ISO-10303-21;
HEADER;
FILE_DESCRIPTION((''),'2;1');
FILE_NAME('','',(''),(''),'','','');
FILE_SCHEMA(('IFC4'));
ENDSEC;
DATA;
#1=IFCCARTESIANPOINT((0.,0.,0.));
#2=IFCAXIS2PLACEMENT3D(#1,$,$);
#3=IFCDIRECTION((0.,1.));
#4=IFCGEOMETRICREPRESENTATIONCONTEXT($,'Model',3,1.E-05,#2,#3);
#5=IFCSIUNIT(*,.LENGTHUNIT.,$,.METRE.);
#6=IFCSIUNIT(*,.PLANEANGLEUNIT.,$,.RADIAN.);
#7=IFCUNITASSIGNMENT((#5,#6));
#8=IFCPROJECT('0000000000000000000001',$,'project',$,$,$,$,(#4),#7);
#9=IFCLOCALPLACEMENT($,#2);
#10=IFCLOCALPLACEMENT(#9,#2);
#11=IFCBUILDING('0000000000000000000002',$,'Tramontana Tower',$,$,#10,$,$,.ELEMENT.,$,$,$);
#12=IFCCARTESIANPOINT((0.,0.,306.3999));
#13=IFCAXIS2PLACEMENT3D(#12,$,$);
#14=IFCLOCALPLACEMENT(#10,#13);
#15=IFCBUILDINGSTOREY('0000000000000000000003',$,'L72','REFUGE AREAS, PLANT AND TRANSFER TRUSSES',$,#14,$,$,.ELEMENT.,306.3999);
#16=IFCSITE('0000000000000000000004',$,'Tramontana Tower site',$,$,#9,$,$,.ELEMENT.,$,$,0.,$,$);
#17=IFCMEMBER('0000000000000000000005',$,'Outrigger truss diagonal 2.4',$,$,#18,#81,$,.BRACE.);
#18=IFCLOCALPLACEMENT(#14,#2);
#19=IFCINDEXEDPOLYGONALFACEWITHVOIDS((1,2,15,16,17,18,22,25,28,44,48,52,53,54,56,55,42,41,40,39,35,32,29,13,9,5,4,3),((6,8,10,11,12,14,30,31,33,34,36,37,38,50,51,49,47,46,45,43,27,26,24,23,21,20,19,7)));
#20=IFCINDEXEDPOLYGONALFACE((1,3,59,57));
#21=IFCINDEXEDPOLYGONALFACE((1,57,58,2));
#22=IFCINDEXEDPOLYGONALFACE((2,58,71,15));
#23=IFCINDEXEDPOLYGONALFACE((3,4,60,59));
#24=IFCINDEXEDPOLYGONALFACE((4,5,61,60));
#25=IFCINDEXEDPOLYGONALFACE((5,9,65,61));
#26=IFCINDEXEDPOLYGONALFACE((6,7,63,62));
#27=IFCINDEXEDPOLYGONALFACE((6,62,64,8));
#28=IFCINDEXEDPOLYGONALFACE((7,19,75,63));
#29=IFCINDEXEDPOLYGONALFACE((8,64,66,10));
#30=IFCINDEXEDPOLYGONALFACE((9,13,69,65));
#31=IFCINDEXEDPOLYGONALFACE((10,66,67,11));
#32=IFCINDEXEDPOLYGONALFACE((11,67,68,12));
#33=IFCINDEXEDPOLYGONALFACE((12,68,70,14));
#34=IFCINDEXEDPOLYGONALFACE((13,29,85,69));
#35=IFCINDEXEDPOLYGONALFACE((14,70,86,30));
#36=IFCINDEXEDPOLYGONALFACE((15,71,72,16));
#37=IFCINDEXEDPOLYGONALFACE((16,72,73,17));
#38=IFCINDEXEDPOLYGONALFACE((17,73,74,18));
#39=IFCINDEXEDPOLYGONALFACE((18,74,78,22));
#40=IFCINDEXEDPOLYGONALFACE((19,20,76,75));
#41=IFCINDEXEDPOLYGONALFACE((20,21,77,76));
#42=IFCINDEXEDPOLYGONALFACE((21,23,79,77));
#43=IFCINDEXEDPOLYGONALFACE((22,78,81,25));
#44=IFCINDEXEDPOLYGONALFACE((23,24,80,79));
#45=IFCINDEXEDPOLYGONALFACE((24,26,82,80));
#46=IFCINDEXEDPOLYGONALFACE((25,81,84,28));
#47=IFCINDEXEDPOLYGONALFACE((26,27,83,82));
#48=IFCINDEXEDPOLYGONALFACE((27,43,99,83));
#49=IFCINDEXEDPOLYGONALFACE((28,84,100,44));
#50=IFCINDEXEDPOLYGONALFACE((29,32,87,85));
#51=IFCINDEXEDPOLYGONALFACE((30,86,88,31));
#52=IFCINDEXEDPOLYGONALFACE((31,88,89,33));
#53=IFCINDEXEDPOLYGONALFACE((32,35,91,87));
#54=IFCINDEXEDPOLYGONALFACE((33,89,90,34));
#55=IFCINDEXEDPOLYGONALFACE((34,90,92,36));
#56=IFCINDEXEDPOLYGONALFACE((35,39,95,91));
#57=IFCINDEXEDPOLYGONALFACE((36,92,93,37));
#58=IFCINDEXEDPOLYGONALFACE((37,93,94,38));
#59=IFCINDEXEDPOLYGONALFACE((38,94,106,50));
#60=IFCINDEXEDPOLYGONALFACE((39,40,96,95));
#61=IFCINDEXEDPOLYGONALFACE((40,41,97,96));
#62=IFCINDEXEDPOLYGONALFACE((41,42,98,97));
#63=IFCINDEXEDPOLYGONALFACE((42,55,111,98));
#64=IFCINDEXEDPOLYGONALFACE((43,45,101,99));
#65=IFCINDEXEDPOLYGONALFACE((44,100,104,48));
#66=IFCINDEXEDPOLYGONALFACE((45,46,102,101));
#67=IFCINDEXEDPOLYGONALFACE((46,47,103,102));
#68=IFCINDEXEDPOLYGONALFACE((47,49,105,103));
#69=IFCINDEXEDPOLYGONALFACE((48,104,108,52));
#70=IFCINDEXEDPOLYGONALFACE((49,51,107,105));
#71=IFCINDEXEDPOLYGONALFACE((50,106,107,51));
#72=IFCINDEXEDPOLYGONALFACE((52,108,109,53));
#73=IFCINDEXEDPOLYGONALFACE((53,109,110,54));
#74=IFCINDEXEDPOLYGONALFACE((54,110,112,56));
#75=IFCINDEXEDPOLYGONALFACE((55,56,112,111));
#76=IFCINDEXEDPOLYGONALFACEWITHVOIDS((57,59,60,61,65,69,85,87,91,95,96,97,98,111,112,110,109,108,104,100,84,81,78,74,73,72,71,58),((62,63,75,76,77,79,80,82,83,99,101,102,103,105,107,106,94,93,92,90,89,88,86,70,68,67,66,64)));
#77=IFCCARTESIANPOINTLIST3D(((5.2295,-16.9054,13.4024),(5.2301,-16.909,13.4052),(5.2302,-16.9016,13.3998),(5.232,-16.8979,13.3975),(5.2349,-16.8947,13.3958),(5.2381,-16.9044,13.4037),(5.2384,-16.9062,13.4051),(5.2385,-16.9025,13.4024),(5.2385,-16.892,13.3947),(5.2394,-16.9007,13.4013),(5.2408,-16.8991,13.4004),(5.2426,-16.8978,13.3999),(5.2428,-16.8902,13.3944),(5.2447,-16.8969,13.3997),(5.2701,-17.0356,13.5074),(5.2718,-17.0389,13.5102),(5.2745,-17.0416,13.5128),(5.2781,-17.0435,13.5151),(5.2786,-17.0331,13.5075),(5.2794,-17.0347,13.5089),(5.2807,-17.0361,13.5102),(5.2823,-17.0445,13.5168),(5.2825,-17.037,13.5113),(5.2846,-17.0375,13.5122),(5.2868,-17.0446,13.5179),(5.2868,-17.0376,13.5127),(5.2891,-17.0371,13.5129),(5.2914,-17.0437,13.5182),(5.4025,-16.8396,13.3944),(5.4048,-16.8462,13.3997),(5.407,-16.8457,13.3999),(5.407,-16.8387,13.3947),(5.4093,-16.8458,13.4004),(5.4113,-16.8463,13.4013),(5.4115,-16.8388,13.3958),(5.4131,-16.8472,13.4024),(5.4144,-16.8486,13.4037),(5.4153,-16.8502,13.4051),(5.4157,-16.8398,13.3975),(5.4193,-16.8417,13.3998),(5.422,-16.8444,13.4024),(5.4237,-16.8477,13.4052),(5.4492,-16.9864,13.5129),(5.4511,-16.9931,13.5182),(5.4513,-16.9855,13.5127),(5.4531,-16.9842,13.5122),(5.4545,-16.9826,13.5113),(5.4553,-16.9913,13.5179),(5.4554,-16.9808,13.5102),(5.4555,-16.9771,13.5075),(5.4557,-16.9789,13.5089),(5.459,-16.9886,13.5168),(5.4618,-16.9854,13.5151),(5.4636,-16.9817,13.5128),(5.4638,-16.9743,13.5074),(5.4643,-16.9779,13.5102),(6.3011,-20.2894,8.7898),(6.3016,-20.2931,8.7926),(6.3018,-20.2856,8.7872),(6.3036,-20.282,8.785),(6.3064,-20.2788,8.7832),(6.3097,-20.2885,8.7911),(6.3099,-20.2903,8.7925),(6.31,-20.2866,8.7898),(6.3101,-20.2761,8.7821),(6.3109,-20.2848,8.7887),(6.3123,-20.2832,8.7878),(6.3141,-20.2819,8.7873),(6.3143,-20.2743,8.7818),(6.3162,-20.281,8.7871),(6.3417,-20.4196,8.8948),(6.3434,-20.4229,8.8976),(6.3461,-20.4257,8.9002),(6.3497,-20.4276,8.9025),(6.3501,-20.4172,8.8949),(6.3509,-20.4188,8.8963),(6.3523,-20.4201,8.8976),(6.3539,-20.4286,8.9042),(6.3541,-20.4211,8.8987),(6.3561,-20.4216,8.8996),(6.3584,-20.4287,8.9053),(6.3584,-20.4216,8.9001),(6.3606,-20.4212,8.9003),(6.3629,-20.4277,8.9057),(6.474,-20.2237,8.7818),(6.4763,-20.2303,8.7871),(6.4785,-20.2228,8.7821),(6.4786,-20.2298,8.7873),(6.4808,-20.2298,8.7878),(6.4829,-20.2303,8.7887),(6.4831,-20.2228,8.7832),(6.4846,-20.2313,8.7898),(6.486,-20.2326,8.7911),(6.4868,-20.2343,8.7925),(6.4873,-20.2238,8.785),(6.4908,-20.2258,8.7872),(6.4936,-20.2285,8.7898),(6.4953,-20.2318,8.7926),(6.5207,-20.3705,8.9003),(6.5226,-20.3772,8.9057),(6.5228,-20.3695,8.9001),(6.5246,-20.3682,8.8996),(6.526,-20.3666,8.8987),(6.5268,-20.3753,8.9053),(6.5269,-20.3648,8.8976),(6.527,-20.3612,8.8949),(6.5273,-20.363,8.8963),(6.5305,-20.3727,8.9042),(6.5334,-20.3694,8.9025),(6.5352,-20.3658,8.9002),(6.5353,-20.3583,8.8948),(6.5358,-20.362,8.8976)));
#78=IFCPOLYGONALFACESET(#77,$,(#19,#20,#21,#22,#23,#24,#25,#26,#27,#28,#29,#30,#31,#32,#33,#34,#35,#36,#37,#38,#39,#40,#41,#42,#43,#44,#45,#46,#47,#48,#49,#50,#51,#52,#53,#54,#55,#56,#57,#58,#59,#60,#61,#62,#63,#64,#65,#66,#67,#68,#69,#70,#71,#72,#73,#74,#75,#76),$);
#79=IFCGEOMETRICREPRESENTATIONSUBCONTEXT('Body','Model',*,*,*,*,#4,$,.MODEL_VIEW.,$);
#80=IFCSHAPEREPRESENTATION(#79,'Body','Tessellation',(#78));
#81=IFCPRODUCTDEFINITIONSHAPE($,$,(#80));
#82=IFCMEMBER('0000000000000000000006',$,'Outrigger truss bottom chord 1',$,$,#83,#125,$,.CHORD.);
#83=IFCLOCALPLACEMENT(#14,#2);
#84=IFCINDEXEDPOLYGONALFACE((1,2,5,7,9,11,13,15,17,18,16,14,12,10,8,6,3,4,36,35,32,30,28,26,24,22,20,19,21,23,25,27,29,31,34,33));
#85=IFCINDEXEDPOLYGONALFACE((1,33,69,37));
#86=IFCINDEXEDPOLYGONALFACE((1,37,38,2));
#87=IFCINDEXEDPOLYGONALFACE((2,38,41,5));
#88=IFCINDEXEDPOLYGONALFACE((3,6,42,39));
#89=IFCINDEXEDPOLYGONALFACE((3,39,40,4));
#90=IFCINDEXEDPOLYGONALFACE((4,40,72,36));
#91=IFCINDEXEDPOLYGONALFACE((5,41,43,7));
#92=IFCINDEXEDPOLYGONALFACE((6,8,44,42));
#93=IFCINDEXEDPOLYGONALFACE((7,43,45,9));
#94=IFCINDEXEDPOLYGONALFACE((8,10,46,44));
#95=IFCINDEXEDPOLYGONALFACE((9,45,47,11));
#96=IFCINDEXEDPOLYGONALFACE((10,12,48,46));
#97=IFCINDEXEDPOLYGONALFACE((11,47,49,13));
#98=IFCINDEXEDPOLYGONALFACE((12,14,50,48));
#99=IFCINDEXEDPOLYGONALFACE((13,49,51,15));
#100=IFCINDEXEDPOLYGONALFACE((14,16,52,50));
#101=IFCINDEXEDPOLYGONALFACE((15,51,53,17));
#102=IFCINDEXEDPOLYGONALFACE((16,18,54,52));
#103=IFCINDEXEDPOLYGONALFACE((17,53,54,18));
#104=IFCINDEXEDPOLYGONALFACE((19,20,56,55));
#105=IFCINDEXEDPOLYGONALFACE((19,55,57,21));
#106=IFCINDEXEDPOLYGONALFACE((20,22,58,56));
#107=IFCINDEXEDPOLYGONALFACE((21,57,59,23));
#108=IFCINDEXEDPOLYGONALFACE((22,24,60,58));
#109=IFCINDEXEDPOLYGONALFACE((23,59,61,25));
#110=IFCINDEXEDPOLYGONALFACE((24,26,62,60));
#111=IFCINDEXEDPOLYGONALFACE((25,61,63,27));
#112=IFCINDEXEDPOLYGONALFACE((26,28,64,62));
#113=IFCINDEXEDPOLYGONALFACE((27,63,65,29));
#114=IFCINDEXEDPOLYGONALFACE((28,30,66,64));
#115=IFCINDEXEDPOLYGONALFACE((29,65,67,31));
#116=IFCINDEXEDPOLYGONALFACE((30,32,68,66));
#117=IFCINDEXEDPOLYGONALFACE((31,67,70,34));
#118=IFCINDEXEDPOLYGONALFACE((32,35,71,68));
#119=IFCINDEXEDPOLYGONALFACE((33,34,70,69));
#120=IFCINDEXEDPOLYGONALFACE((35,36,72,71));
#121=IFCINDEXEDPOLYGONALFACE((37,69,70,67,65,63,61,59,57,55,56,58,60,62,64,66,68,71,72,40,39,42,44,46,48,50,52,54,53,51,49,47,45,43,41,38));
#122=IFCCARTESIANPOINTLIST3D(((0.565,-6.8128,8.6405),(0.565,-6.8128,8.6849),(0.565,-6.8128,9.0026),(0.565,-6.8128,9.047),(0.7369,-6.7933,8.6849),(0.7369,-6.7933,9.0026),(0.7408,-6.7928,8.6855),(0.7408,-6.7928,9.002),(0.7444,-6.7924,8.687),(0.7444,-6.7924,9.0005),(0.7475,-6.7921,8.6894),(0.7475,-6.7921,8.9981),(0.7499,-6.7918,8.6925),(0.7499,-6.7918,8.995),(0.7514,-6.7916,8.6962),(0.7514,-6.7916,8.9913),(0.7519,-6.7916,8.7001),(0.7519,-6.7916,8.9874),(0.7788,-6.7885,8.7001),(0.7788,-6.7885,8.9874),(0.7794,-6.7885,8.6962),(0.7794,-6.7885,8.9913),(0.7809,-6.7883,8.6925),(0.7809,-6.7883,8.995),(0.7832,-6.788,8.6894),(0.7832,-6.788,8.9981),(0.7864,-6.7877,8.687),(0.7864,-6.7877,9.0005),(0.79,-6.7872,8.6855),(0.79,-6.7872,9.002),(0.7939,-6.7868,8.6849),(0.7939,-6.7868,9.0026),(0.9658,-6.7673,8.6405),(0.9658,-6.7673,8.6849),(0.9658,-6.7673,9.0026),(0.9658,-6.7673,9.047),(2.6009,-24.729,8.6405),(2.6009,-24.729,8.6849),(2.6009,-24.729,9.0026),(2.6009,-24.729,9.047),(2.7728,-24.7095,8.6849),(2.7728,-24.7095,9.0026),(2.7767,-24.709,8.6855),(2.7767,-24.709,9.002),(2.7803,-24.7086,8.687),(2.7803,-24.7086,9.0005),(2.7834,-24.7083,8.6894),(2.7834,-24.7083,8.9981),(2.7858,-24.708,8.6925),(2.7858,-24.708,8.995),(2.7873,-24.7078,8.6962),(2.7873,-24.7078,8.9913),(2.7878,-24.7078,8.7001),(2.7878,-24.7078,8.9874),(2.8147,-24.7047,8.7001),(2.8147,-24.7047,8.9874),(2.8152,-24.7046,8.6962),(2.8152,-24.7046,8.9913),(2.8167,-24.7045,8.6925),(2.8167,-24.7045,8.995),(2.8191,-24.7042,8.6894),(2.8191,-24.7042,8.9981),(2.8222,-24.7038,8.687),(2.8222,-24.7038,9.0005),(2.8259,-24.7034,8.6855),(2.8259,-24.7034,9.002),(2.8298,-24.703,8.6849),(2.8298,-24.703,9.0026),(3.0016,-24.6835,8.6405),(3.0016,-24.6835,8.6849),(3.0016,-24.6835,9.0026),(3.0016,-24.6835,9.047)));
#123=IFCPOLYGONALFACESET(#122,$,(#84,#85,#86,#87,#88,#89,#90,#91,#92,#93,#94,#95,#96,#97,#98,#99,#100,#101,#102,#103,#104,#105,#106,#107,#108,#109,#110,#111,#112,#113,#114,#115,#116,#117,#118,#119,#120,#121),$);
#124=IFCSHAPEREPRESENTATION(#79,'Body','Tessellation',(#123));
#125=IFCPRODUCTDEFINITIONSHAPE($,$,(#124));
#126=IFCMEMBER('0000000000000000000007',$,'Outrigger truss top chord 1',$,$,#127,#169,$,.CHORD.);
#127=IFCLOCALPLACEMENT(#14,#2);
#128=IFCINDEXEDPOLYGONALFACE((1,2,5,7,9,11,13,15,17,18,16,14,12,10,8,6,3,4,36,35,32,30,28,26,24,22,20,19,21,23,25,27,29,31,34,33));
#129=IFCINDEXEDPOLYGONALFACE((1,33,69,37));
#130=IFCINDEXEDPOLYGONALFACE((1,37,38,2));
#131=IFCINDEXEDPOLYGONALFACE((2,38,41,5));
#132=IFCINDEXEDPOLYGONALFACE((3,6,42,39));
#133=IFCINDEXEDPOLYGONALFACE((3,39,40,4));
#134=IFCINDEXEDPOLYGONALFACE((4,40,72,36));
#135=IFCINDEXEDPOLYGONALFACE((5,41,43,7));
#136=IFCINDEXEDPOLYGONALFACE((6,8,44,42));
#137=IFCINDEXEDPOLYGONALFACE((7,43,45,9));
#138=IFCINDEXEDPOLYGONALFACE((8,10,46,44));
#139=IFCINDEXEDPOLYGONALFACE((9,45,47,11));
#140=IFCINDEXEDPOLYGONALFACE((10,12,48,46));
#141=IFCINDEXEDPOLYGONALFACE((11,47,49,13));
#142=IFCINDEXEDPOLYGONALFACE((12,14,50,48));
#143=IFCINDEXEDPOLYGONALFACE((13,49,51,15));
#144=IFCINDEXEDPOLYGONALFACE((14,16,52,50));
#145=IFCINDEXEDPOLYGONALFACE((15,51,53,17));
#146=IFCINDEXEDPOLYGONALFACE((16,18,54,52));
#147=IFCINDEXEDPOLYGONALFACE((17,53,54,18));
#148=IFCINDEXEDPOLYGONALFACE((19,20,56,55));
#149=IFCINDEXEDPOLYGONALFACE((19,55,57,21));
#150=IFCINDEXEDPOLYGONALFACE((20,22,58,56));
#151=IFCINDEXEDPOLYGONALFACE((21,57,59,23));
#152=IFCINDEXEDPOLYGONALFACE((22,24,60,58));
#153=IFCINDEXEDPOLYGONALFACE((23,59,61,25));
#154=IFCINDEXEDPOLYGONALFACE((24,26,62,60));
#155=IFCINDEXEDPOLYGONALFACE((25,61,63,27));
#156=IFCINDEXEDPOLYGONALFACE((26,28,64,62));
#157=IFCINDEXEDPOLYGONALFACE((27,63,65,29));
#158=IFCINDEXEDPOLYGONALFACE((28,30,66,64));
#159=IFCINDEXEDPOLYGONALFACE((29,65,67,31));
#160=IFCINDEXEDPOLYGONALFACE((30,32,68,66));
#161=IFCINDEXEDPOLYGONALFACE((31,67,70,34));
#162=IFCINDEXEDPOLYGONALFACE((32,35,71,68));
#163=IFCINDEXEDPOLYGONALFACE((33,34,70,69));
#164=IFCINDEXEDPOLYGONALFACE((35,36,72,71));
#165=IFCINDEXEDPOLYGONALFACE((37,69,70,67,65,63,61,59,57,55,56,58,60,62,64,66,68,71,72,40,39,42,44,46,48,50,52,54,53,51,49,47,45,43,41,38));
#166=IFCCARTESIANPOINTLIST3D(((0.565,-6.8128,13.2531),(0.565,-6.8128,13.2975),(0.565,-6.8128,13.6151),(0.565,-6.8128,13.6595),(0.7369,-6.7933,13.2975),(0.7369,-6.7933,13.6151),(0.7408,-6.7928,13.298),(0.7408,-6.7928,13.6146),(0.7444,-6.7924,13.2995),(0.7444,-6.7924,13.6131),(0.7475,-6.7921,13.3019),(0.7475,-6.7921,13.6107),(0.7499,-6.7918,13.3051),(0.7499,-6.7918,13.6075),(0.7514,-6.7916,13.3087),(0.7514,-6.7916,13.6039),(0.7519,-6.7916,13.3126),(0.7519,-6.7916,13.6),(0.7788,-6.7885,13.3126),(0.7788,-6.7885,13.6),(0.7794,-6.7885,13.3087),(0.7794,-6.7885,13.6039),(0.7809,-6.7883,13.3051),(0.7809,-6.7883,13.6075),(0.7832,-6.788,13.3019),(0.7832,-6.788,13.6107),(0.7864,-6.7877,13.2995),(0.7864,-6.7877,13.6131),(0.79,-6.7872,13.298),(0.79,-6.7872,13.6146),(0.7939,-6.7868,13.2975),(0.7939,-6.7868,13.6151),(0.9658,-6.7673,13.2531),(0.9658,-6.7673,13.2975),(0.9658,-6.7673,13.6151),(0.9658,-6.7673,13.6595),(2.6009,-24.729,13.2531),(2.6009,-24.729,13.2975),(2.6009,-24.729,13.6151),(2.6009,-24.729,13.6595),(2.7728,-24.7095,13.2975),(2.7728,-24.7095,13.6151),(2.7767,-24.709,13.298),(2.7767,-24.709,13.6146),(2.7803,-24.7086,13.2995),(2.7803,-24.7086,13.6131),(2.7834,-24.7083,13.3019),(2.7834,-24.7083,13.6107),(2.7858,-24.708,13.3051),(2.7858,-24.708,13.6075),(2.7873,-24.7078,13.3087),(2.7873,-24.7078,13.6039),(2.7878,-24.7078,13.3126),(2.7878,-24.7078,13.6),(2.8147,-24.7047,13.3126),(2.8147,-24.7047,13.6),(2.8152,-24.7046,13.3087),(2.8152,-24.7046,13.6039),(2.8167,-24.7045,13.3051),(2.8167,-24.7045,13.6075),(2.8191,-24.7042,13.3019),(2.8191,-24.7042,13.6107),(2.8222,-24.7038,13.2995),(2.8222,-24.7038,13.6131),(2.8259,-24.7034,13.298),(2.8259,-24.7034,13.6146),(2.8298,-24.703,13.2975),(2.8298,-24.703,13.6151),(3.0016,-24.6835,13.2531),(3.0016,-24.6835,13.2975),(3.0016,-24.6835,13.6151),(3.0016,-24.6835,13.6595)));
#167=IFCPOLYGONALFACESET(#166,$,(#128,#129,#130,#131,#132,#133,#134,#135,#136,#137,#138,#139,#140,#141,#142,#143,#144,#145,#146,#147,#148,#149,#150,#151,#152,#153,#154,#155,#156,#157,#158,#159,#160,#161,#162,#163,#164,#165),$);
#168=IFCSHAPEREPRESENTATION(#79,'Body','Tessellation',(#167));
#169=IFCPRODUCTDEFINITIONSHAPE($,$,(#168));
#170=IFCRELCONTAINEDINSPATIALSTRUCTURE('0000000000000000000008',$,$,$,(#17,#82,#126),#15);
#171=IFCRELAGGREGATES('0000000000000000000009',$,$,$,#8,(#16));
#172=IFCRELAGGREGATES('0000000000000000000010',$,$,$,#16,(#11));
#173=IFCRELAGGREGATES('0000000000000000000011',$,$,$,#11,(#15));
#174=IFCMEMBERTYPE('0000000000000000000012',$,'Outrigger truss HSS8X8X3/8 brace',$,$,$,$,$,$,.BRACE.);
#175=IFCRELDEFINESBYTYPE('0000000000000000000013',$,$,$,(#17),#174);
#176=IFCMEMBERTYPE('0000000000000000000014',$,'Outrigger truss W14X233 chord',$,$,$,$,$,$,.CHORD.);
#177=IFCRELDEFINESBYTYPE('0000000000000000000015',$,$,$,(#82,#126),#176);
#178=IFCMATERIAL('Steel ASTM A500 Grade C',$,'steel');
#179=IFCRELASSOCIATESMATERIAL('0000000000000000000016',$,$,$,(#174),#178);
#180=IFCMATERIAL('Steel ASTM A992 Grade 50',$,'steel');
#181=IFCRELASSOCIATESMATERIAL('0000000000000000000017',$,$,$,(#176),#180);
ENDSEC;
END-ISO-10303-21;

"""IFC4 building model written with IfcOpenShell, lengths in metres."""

from ifc_helpers import new_model, si_unit, direction, frame, origin, origin_2d, place, context, subcontext, project, spatial, hollow_rectangle, i_section, extrude, material, material_profile, profile_set, type_object, element, save


model = new_model("IFC4")

# Units and contexts
model_context = context("Model", 3, precision=1e-05, world=origin(), true_north=direction((0.0, 1.0)))
body_context = subcontext(model_context, "Body", "Model", "MODEL_VIEW")
ifc_project = project(units=[si_unit("LENGTHUNIT", "METRE"), si_unit("PLANEANGLEUNIT", "RADIAN")], contexts=[model_context])

# Site, building, storey
site_placement = place(None, origin())
site = spatial("IfcSite", under=ifc_project, at=site_placement, Name="Tramontana Tower site", CompositionType="ELEMENT", RefElevation=0.0)
building_placement = place(site_placement, origin())
building = spatial("IfcBuilding", under=site, at=building_placement, Name="Tramontana Tower", CompositionType="ELEMENT")
storey_placement = place(building_placement, frame((0.0, 0.0, 306.3999)))
storey = spatial("IfcBuildingStorey", under=building, at=storey_placement, Name="L72", Description="REFUGE AREAS, PLANT AND TRANSFER TRUSSES", CompositionType="ELEMENT", Elevation=306.3999)

# Members
ifc_material_1 = material(Name="Steel ASTM A500 Grade C", Category="steel")
ifc_material_profile_1 = material_profile(ifc_material_1, hollow_rectangle(XDim=0.2031, YDim=0.2031, WallThickness=0.0088, InnerFilletRadius=0.0088, OuterFilletRadius=0.0178, at=origin_2d()), Name="HSS8X8X3/8")
ifc_profile_set_1 = profile_set([ifc_material_profile_1], Name="Steel ASTM A500 Grade C")
member_type_1 = type_object("IfcMemberType", Name="Outrigger truss HSS8X8X3/8 brace", PredefinedType="BRACE", material=ifc_profile_set_1)
member_1_placement = place(storey_placement, frame((5.3469, -16.9417, 13.4563), z_axis=(0.184104, -0.581423, -0.792498), x_axis=(0.953348, 0.301872, 0.0)))
element("IfcMember", 1, at=member_1_placement, inside=storey, type_object=member_type_1, Name="Outrigger truss diagonal 2.4", PredefinedType="BRACE", context=body_context, shape_type="SweptSolid", body=[
    extrude(hollow_rectangle(XDim=0.2031, YDim=0.2031, WallThickness=0.0088, InnerFilletRadius=0.0088, OuterFilletRadius=0.0178, at=origin_2d()), origin(), (0.0, 0.0, 1.0), 5.8203),
])
ifc_material_2 = material(Name="Steel ASTM A992 Grade 50", Category="steel")
ifc_material_profile_2 = material_profile(ifc_material_2, i_section(OverallWidth=0.4033, OverallDepth=0.4065, WebThickness=0.0271, FlangeThickness=0.0444, FilletRadius=0.0151, at=origin_2d()), Name="W14X233")
ifc_profile_set_2 = profile_set([ifc_material_profile_2], Name="Steel ASTM A992 Grade 50")
member_type_2 = type_object("IfcMemberType", Name="Outrigger truss W14X233 chord", PredefinedType="CHORD", material=ifc_profile_set_2)
for number, where, z_axis, x_axis, name in (
    (2, (0.7654, -6.79, 8.8438), (0.112907, -0.993606, 0.0), (0.993606, 0.112907, 0.0), "Outrigger truss bottom chord 1"),
    (3, (0.7654, -6.79, 13.4563), (0.112907, -0.993606, 0.0), (0.993606, 0.112907, 0.0), "Outrigger truss top chord 1"),
):
    element("IfcMember", number, at=place(storey_placement, frame(where, z_axis=z_axis, x_axis=x_axis)), inside=storey, type_object=member_type_2, Name=name, PredefinedType="CHORD", context=body_context, shape_type="SweptSolid", body=[
        extrude(i_section(OverallWidth=0.4033, OverallDepth=0.4065, WebThickness=0.0271, FlangeThickness=0.0444, FilletRadius=0.0151, at=origin_2d()), origin(), (0.0, 0.0, 1.0), 18.0315),
    ])

save(model, "model.ifc")
